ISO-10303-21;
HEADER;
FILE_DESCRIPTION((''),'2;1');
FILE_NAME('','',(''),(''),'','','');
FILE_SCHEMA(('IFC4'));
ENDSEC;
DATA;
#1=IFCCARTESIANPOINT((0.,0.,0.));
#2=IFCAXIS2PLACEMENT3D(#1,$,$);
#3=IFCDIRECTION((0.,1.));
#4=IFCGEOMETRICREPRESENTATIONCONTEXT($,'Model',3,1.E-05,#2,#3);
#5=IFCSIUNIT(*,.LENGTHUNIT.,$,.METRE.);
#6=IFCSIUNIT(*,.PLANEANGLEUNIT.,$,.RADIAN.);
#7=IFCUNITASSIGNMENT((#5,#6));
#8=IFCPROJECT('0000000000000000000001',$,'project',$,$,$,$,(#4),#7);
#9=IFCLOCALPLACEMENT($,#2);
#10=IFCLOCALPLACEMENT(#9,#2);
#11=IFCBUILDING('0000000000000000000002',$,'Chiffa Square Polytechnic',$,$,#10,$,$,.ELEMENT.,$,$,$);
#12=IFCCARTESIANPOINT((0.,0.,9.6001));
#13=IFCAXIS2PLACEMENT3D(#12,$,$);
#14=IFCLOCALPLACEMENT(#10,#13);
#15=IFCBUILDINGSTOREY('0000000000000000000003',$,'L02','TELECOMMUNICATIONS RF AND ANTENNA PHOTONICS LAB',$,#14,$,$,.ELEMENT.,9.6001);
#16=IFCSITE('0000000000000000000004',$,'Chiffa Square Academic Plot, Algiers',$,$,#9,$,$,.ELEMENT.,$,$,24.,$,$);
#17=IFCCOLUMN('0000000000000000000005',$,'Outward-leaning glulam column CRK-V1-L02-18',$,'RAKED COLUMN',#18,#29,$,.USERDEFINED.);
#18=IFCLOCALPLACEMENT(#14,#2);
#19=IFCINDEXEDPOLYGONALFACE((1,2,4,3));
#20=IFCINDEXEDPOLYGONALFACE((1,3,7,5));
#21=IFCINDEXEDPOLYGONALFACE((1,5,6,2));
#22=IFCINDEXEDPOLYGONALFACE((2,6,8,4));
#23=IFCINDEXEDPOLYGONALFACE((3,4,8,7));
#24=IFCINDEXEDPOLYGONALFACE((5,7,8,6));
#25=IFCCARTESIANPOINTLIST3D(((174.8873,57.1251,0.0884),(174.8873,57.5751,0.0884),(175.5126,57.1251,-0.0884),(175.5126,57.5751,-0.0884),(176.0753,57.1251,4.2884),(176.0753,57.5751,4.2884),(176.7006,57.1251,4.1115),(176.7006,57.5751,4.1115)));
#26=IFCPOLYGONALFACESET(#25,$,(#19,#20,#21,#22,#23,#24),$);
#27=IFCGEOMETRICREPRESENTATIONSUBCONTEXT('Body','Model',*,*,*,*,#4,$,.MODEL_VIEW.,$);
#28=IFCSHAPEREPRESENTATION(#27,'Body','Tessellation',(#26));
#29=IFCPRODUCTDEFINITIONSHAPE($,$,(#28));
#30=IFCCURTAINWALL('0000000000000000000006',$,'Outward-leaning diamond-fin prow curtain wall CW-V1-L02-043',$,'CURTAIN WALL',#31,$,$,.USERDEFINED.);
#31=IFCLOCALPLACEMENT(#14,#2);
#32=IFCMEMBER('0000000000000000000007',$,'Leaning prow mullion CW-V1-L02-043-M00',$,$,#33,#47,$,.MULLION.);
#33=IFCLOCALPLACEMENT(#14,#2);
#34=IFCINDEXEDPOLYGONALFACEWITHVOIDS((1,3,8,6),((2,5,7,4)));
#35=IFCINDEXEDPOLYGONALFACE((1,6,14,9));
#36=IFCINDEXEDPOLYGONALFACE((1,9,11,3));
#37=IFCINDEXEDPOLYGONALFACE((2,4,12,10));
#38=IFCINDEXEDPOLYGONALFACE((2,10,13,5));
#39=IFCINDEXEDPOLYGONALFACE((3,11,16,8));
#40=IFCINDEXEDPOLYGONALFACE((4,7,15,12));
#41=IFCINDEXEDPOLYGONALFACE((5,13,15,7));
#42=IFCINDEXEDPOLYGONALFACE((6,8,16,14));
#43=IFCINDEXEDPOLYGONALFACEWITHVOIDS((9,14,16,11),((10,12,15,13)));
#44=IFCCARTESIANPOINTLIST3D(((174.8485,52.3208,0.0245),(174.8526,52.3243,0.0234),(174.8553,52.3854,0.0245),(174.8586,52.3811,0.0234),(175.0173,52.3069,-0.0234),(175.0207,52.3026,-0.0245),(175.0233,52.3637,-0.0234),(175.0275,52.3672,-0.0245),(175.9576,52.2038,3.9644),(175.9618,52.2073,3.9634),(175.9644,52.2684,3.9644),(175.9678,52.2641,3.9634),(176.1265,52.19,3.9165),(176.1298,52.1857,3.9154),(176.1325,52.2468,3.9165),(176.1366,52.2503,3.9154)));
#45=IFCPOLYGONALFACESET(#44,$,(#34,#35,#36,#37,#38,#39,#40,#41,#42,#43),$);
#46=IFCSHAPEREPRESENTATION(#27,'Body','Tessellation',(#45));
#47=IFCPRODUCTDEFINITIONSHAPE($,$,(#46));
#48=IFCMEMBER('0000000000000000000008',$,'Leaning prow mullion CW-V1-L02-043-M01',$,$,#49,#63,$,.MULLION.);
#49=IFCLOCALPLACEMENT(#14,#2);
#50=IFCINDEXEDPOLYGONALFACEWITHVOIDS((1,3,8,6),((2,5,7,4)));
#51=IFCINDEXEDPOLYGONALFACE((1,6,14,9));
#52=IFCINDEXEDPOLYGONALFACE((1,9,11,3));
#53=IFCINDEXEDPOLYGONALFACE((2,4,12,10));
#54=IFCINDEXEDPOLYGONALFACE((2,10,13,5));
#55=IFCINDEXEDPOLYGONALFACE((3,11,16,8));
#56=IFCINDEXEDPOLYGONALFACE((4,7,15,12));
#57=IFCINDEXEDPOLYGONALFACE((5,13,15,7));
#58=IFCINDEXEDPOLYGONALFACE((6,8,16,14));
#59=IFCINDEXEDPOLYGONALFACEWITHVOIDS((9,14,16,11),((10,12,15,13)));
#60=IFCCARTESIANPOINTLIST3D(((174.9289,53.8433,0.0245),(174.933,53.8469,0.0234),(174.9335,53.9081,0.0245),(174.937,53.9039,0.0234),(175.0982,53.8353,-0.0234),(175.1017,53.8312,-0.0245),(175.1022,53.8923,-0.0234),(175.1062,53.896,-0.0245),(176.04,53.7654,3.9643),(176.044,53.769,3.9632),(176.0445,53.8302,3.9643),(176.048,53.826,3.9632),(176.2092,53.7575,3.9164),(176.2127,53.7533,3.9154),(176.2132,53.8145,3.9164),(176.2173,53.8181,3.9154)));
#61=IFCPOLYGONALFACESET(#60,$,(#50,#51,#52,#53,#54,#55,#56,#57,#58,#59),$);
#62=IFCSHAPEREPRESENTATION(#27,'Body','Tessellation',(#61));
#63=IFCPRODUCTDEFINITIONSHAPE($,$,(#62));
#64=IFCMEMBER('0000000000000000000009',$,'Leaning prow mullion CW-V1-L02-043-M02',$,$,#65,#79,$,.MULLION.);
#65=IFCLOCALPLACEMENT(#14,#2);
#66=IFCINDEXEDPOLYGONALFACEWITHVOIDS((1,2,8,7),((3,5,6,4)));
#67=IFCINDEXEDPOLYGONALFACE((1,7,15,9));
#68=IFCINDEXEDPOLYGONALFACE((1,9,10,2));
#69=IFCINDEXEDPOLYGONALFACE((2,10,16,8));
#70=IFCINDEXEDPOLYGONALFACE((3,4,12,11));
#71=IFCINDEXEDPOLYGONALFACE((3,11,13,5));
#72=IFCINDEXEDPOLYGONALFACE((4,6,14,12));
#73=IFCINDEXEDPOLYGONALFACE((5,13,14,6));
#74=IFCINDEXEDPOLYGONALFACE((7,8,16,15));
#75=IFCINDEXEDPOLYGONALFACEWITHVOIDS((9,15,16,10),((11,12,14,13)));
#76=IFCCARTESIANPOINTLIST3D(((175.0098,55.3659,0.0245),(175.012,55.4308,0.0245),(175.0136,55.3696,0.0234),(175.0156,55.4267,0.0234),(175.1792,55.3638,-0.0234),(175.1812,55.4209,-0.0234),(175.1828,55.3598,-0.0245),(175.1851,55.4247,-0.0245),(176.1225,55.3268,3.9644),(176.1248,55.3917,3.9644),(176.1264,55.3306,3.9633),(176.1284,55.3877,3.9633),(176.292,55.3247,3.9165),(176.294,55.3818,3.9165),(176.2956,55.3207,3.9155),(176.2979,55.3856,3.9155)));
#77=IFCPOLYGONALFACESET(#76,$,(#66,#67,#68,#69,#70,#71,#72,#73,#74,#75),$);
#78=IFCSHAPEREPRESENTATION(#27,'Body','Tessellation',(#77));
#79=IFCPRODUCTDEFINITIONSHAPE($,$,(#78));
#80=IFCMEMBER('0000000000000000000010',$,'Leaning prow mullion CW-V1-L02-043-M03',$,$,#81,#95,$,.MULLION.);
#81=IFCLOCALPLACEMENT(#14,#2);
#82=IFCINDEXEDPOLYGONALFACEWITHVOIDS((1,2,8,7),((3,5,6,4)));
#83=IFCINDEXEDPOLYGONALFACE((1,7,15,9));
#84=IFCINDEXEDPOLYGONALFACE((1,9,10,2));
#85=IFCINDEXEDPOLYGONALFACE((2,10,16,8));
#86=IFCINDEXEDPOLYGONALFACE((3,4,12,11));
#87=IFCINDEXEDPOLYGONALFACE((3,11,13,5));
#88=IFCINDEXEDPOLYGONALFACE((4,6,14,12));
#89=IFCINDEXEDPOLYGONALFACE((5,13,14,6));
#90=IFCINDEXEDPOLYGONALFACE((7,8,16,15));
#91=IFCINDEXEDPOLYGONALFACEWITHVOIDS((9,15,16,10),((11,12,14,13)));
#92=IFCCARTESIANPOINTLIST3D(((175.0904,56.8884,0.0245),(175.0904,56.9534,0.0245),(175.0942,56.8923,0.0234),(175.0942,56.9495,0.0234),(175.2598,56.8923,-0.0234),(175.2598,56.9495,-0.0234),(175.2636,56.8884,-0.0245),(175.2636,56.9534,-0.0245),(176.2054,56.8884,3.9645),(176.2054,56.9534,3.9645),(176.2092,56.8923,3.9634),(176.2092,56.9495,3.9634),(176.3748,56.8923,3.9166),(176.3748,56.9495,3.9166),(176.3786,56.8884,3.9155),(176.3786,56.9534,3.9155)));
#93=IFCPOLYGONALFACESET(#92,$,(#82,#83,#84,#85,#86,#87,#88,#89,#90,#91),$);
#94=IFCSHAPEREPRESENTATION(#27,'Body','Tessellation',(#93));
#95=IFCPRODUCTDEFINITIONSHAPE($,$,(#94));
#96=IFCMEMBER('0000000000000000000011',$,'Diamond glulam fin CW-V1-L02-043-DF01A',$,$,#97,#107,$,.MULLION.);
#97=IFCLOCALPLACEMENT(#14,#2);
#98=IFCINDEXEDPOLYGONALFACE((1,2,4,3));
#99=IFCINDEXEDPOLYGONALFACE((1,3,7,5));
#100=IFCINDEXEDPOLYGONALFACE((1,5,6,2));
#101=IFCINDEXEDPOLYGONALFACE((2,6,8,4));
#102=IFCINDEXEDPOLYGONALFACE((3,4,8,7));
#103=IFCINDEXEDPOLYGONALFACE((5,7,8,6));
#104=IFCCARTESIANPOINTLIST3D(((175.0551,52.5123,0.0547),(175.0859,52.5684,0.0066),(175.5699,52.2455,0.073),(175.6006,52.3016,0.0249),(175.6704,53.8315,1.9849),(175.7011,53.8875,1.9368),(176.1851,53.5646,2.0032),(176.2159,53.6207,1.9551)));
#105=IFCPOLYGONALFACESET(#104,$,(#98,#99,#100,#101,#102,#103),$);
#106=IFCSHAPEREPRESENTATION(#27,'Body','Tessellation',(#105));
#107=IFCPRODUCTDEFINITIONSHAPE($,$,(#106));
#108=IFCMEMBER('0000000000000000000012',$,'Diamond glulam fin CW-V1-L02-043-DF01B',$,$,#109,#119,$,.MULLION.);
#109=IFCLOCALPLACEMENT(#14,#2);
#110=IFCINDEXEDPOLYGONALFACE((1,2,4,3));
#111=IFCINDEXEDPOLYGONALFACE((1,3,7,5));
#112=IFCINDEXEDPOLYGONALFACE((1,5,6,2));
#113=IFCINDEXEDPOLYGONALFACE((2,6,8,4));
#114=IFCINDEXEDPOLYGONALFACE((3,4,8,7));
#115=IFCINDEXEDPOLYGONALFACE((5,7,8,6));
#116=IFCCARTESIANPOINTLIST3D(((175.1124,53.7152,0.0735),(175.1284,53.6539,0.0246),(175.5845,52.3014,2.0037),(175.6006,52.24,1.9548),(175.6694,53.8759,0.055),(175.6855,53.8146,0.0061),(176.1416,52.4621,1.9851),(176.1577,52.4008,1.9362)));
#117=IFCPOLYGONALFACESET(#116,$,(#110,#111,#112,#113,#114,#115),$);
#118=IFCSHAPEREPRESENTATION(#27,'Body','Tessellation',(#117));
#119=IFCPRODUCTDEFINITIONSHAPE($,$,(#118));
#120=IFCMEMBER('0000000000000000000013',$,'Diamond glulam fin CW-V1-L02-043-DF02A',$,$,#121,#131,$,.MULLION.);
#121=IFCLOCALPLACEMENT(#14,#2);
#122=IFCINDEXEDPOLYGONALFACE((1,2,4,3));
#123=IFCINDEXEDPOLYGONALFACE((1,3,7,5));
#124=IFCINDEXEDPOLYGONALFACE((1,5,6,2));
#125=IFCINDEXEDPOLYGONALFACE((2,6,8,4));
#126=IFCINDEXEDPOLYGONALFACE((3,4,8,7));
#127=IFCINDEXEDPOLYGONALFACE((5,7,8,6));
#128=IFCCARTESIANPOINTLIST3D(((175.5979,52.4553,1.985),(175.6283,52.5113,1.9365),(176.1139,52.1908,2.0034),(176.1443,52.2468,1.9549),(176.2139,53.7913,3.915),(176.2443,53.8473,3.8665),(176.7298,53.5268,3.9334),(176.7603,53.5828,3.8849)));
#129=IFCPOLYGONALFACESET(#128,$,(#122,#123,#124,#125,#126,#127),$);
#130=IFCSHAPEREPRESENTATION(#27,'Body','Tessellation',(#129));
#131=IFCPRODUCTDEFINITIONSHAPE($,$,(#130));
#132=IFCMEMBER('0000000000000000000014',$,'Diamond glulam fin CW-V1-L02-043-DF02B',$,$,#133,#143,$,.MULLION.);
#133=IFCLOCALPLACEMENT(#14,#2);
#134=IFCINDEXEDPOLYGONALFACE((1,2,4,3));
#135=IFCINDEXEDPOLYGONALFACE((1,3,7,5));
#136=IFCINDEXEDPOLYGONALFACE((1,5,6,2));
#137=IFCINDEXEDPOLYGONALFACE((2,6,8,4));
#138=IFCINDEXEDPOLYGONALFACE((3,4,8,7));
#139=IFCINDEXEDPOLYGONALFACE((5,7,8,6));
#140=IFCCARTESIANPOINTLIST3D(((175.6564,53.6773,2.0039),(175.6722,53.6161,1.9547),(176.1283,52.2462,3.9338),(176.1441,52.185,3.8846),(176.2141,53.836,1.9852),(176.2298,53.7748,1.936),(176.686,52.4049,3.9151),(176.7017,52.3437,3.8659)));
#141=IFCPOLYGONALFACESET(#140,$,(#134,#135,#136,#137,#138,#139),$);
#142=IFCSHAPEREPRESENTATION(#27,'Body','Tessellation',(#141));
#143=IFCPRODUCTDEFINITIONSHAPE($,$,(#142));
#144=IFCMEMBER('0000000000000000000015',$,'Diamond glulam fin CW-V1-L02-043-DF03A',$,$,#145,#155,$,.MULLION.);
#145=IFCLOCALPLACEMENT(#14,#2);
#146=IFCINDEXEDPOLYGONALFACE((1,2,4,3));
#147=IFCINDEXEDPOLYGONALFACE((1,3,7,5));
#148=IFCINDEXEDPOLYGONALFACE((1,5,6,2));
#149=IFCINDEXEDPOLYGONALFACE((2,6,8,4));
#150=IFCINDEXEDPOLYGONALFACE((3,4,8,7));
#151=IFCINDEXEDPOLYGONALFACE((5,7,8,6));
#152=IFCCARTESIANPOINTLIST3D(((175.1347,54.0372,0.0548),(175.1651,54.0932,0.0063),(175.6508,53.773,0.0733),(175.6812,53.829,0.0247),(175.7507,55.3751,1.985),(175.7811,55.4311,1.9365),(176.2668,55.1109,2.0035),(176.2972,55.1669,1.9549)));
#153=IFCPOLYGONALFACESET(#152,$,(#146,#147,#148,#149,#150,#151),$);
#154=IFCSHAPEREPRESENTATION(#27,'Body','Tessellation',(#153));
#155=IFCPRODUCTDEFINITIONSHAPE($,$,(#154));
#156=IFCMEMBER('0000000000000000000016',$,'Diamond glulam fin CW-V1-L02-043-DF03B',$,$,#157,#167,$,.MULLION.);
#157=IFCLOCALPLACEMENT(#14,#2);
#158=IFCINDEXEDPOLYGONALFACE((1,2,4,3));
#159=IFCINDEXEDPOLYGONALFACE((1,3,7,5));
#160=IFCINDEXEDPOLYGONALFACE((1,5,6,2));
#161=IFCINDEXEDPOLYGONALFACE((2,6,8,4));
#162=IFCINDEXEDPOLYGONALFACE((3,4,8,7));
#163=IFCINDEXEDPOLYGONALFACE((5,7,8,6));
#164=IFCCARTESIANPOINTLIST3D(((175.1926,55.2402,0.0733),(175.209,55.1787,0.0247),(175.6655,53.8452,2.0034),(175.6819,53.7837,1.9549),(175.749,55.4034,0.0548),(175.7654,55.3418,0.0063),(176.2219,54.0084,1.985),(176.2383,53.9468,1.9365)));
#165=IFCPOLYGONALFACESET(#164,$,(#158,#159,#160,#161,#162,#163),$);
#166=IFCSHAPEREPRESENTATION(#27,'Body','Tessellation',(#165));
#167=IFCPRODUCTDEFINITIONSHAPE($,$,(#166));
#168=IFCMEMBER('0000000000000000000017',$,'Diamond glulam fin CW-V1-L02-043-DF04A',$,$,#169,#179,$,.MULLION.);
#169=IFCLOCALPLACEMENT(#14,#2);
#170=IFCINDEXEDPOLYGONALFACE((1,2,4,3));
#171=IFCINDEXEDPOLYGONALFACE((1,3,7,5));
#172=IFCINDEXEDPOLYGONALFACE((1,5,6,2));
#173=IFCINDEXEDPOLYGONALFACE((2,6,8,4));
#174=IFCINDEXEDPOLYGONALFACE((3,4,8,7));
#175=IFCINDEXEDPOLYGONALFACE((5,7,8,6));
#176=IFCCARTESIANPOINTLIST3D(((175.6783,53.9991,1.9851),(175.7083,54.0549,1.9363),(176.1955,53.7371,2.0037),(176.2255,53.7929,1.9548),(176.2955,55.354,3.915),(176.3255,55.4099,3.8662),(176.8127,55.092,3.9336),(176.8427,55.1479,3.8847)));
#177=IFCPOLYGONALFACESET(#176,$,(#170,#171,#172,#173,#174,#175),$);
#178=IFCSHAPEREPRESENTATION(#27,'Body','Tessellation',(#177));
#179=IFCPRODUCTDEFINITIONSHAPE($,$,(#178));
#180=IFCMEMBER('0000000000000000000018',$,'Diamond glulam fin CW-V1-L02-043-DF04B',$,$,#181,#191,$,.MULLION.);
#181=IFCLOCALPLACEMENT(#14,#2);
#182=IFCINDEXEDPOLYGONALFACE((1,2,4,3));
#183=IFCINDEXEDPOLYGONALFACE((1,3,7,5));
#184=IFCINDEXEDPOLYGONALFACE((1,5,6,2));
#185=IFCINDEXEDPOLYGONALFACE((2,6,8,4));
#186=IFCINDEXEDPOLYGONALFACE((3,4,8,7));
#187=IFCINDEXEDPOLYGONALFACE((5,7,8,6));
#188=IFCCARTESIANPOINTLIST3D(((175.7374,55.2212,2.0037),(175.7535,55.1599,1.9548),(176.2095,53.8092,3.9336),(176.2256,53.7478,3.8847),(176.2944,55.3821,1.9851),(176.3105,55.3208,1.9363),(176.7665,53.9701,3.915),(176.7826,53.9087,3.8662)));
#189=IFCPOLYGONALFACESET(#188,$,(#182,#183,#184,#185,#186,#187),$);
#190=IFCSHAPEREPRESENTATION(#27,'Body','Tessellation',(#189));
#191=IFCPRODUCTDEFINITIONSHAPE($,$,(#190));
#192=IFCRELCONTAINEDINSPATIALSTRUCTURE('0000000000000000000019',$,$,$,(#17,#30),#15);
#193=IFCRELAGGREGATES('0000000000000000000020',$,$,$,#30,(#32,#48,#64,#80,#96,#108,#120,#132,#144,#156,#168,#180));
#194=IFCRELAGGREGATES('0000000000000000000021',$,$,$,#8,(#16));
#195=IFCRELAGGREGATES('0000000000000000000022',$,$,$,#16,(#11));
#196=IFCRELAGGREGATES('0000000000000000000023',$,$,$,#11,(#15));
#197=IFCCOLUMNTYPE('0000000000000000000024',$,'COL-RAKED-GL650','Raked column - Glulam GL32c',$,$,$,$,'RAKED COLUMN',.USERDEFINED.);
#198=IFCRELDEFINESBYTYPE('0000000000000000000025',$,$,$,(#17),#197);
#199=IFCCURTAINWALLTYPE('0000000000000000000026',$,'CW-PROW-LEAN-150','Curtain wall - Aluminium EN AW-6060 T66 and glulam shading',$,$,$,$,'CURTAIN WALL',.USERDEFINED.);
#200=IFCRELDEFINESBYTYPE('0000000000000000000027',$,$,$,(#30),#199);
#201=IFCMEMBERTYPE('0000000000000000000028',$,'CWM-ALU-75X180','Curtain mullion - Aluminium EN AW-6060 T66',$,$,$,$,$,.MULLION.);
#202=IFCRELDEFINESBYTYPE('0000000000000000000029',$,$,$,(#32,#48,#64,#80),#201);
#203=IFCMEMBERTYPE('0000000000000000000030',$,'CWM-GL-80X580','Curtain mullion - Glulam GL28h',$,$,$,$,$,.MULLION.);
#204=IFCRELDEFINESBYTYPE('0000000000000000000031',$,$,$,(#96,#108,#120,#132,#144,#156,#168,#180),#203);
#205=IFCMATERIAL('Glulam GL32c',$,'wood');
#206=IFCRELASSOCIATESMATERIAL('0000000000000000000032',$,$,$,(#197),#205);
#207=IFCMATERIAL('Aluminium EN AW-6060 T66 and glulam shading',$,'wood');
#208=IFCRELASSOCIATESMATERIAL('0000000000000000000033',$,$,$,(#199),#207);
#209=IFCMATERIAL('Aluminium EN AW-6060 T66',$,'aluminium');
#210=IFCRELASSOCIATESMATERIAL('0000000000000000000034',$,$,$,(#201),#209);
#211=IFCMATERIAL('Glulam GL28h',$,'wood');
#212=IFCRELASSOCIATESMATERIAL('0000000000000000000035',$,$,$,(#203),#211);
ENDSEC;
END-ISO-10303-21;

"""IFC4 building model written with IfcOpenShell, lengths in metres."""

from ifc_helpers import new_model, si_unit, direction, frame, origin, origin_2d, place, context, subcontext, project, spatial, rectangle, hollow_rectangle, extrude, material, material_profile, profile_set, type_object, element, aggregate, save


model = new_model("IFC4")

# Units and contexts
model_context = context("Model", 3, precision=1e-05, world=origin(), true_north=direction((0.0, 1.0)))
body_context = subcontext(model_context, "Body", "Model", "MODEL_VIEW")
ifc_project = project(units=[si_unit("LENGTHUNIT", "METRE"), si_unit("PLANEANGLEUNIT", "RADIAN")], contexts=[model_context])

# Site, building, storey
site_placement = place(None, origin())
site = spatial("IfcSite", under=ifc_project, at=site_placement, Name="Chiffa Square Academic Plot, Algiers", CompositionType="ELEMENT", RefElevation=24.0)
building_placement = place(site_placement, origin())
building = spatial("IfcBuilding", under=site, at=building_placement, Name="Chiffa Square Polytechnic", CompositionType="ELEMENT")
storey_placement = place(building_placement, frame((0.0, 0.0, 9.6001)))
storey = spatial("IfcBuildingStorey", under=building, at=storey_placement, Name="L02", Description="TELECOMMUNICATIONS RF AND ANTENNA PHOTONICS LAB", CompositionType="ELEMENT", Elevation=9.6001)

# Column
ifc_material_1 = material(Name="Glulam GL32c", Category="wood")
ifc_material_profile_1 = material_profile(ifc_material_1, rectangle(XDim=0.45, YDim=0.6499, at=origin_2d()), Name="GL32c 450x650")
ifc_profile_set_1 = profile_set([ifc_material_profile_1], Name="Glulam GL32c")
column_type = type_object("IfcColumnType", Name="COL-RAKED-GL650", Description="Raked column - Glulam GL32c", ElementType="RAKED COLUMN", PredefinedType="USERDEFINED", material=ifc_profile_set_1)
column_placement = place(storey_placement, frame((175.2, 57.3501, 0.0), z_axis=(0.272179, 0.0, 0.962247), x_axis=(0.0, 1.0, 0.0)))
element("IfcColumn", 1, at=column_placement, inside=storey, type_object=column_type, Name="Outward-leaning glulam column CRK-V1-L02-18", ObjectType="RAKED COLUMN", PredefinedType="USERDEFINED", context=body_context, shape_type="SweptSolid", body=[
    extrude(rectangle(XDim=0.45, YDim=0.6499, at=origin_2d()), origin(), (0.0, 0.0, 1.0), 4.3647),
])

# Curtain wall, members
ifc_material_2 = material(Name="Aluminium EN AW-6060 T66 and glulam shading", Category="wood")
curtain_wall_type = type_object("IfcCurtainWallType", Name="CW-PROW-LEAN-150", Description="Curtain wall - Aluminium EN AW-6060 T66 and glulam shading", ElementType="CURTAIN WALL", PredefinedType="USERDEFINED", material=ifc_material_2)
curtain_wall_placement = place(storey_placement, origin())
curtain_wall = element("IfcCurtainWall", 2, at=curtain_wall_placement, inside=storey, type_object=curtain_wall_type, Name="Outward-leaning diamond-fin prow curtain wall CW-V1-L02-043", ObjectType="CURTAIN WALL", PredefinedType="USERDEFINED")
ifc_material_3 = material(Name="Aluminium EN AW-6060 T66", Category="aluminium")
ifc_material_profile_2 = material_profile(ifc_material_3, hollow_rectangle(XDim=0.0649, YDim=0.1799, WallThickness=0.0039, at=origin_2d()), Name="ALU 65x180x4")
ifc_profile_set_2 = profile_set([ifc_material_profile_2], Name="Aluminium EN AW-6060 T66")
member_type_1 = type_object("IfcMemberType", Name="CWM-ALU-75X180", Description="Curtain mullion - Aluminium EN AW-6060 T66", PredefinedType="MULLION", material=ifc_profile_set_2)
member_1_placement = place(storey_placement, frame((174.938, 52.344, 0.0), z_axis=(0.270867, -0.028559, 0.962193), x_axis=(0.104856, 0.994487, 0.0)))
member_1 = element("IfcMember", 3, at=member_1_placement, type_object=member_type_1, Name="Leaning prow mullion CW-V1-L02-043-M00", PredefinedType="MULLION", context=body_context, shape_type="SweptSolid", body=[
    extrude(hollow_rectangle(XDim=0.0649, YDim=0.1799, WallThickness=0.0039, at=origin_2d()), origin(), (0.0, 0.0, 1.0), 4.0947),
])
member_2_placement = place(storey_placement, frame((175.0176, 53.8696, 0.0), z_axis=(0.27137, -0.019022, 0.962287), x_axis=(0.069923, 0.997552, 0.0)))
member_2 = element("IfcMember", 4, at=member_2_placement, type_object=member_type_1, Name="Leaning prow mullion CW-V1-L02-043-M01", PredefinedType="MULLION", context=body_context, shape_type="SweptSolid", body=[
    extrude(hollow_rectangle(XDim=0.0649, YDim=0.1799, WallThickness=0.0039, at=origin_2d()), origin(), (0.0, 0.0, 1.0), 4.0942),
])
member_3_placement = place(storey_placement, frame((175.0974, 55.3953, 0.0), z_axis=(0.271793, -0.009541, 0.962308), x_axis=(0.035082, 0.999384, 0.0)))
member_3 = element("IfcMember", 5, at=member_3_placement, type_object=member_type_1, Name="Leaning prow mullion CW-V1-L02-043-M02", PredefinedType="MULLION", context=body_context, shape_type="SweptSolid", body=[
    extrude(hollow_rectangle(XDim=0.0649, YDim=0.1799, WallThickness=0.0039, at=origin_2d()), origin(), (0.0, 0.0, 1.0), 4.0942),
])
member_4_placement = place(storey_placement, frame((175.177, 56.9209, 0.0), z_axis=(0.272303, 0.0, 0.962212), x_axis=(0.0, 1.0, 0.0)))
member_4 = element("IfcMember", 6, at=member_4_placement, type_object=member_type_1, Name="Leaning prow mullion CW-V1-L02-043-M03", PredefinedType="MULLION", context=body_context, shape_type="SweptSolid", body=[
    extrude(hollow_rectangle(XDim=0.0649, YDim=0.1799, WallThickness=0.0039, at=origin_2d()), origin(), (0.0, 0.0, 1.0), 4.0947),
])
ifc_material_4 = material(Name="Glulam GL28h", Category="wood")
ifc_material_profile_3 = material_profile(ifc_material_4, rectangle(XDim=0.0801, YDim=0.5801, at=origin_2d()), Name="GL28h 80x580")
ifc_profile_set_3 = profile_set([ifc_material_profile_3], Name="Glulam GL28h")
member_type_2 = type_object("IfcMemberType", Name="CWM-GL-80X580", Description="Curtain mullion - Glulam GL28h", PredefinedType="MULLION", material=ifc_profile_set_3)
member_5_placement = place(storey_placement, frame((175.3279, 52.407, 0.0398), z_axis=(0.254497, 0.545653, 0.798433), x_axis=(-0.38446, -0.700484, 0.601259)))
member_5 = element("IfcMember", 7, at=member_5_placement, type_object=member_type_2, Name="Diamond glulam fin CW-V1-L02-043-DF01A", PredefinedType="MULLION", context=body_context, shape_type="SweptSolid", body=[
    extrude(rectangle(XDim=0.0801, YDim=0.5801, at=origin_2d()), origin(), (0.0, 0.0, 1.0), 2.4175),
])
member_6_placement = place(storey_placement, frame((175.3989, 53.7649, 0.0398), z_axis=(0.193612, -0.579736, 0.791468), x_axis=(-0.200727, 0.766259, 0.610373)))
member_6 = element("IfcMember", 8, at=member_6_placement, type_object=member_type_2, Name="Diamond glulam fin CW-V1-L02-043-DF01B", PredefinedType="MULLION", context=body_context, shape_type="SweptSolid", body=[
    extrude(rectangle(XDim=0.0801, YDim=0.5801, at=origin_2d()), origin(), (0.0, 0.0, 1.0), 2.4387),
])
member_7_placement = place(storey_placement, frame((175.8711, 52.3511, 1.97), z_axis=(0.253831, 0.55052, 0.795297), x_axis=(-0.38007, -0.699321, 0.605389)))
member_7 = element("IfcMember", 9, at=member_7_placement, type_object=member_type_2, Name="Diamond glulam fin CW-V1-L02-043-DF02A", PredefinedType="MULLION", context=body_context, shape_type="SweptSolid", body=[
    extrude(rectangle(XDim=0.0801, YDim=0.5801, at=origin_2d()), origin(), (0.0, 0.0, 1.0), 2.4268),
])
member_8_placement = place(storey_placement, frame((175.9431, 53.7261, 1.97), z_axis=(0.192734, -0.584483, 0.788184), x_axis=(-0.196789, 0.763901, 0.614596)))
member_8 = element("IfcMember", 10, at=member_8_placement, type_object=member_type_2, Name="Diamond glulam fin CW-V1-L02-043-DF02B", PredefinedType="MULLION", context=body_context, shape_type="SweptSolid", body=[
    extrude(rectangle(XDim=0.0801, YDim=0.5801, at=origin_2d()), origin(), (0.0, 0.0, 1.0), 2.4485),
])
member_9_placement = place(storey_placement, frame((175.408, 53.9331, 0.0398), z_axis=(0.253698, 0.551037, 0.794981), x_axis=(-0.37955, -0.699246, 0.605802)))
member_9 = element("IfcMember", 11, at=member_9_placement, type_object=member_type_2, Name="Diamond glulam fin CW-V1-L02-043-DF03A", PredefinedType="MULLION", context=body_context, shape_type="SweptSolid", body=[
    extrude(rectangle(XDim=0.0801, YDim=0.5801, at=origin_2d()), origin(), (0.0, 0.0, 1.0), 2.428),
])
member_10_placement = place(storey_placement, frame((175.479, 55.291, 0.0398), z_axis=(0.194768, -0.57455, 0.794958), x_axis=(-0.205304, 0.768646, 0.605833)))
member_10 = element("IfcMember", 12, at=member_10_placement, type_object=member_type_2, Name="Diamond glulam fin CW-V1-L02-043-DF03B", PredefinedType="MULLION", context=body_context, shape_type="SweptSolid", body=[
    extrude(rectangle(XDim=0.0801, YDim=0.5801, at=origin_2d()), origin(), (0.0, 0.0, 1.0), 2.428),
])
member_11_placement = place(storey_placement, frame((175.9519, 53.896, 1.97), z_axis=(0.253203, 0.555884, 0.791759), x_axis=(-0.375377, -0.697851, 0.609997)))
member_11 = element("IfcMember", 13, at=member_11_placement, type_object=member_type_2, Name="Diamond glulam fin CW-V1-L02-043-DF04A", PredefinedType="MULLION", context=body_context, shape_type="SweptSolid", body=[
    extrude(rectangle(XDim=0.0801, YDim=0.5801, at=origin_2d()), origin(), (0.0, 0.0, 1.0), 2.4375),
])
member_12_placement = place(storey_placement, frame((176.0239, 55.271, 1.97), z_axis=(0.193706, -0.579316, 0.791752), x_axis=(-0.201096, 0.766455, 0.610006)))
member_12 = element("IfcMember", 14, at=member_12_placement, type_object=member_type_2, Name="Diamond glulam fin CW-V1-L02-043-DF04B", PredefinedType="MULLION", context=body_context, shape_type="SweptSolid", body=[
    extrude(rectangle(XDim=0.0801, YDim=0.5801, at=origin_2d()), origin(), (0.0, 0.0, 1.0), 2.4375),
])
aggregate(curtain_wall, [member_1, member_2, member_3, member_4, member_5, member_6, member_7, member_8, member_9, member_10, member_11, member_12])

save(model, "model.ifc")
